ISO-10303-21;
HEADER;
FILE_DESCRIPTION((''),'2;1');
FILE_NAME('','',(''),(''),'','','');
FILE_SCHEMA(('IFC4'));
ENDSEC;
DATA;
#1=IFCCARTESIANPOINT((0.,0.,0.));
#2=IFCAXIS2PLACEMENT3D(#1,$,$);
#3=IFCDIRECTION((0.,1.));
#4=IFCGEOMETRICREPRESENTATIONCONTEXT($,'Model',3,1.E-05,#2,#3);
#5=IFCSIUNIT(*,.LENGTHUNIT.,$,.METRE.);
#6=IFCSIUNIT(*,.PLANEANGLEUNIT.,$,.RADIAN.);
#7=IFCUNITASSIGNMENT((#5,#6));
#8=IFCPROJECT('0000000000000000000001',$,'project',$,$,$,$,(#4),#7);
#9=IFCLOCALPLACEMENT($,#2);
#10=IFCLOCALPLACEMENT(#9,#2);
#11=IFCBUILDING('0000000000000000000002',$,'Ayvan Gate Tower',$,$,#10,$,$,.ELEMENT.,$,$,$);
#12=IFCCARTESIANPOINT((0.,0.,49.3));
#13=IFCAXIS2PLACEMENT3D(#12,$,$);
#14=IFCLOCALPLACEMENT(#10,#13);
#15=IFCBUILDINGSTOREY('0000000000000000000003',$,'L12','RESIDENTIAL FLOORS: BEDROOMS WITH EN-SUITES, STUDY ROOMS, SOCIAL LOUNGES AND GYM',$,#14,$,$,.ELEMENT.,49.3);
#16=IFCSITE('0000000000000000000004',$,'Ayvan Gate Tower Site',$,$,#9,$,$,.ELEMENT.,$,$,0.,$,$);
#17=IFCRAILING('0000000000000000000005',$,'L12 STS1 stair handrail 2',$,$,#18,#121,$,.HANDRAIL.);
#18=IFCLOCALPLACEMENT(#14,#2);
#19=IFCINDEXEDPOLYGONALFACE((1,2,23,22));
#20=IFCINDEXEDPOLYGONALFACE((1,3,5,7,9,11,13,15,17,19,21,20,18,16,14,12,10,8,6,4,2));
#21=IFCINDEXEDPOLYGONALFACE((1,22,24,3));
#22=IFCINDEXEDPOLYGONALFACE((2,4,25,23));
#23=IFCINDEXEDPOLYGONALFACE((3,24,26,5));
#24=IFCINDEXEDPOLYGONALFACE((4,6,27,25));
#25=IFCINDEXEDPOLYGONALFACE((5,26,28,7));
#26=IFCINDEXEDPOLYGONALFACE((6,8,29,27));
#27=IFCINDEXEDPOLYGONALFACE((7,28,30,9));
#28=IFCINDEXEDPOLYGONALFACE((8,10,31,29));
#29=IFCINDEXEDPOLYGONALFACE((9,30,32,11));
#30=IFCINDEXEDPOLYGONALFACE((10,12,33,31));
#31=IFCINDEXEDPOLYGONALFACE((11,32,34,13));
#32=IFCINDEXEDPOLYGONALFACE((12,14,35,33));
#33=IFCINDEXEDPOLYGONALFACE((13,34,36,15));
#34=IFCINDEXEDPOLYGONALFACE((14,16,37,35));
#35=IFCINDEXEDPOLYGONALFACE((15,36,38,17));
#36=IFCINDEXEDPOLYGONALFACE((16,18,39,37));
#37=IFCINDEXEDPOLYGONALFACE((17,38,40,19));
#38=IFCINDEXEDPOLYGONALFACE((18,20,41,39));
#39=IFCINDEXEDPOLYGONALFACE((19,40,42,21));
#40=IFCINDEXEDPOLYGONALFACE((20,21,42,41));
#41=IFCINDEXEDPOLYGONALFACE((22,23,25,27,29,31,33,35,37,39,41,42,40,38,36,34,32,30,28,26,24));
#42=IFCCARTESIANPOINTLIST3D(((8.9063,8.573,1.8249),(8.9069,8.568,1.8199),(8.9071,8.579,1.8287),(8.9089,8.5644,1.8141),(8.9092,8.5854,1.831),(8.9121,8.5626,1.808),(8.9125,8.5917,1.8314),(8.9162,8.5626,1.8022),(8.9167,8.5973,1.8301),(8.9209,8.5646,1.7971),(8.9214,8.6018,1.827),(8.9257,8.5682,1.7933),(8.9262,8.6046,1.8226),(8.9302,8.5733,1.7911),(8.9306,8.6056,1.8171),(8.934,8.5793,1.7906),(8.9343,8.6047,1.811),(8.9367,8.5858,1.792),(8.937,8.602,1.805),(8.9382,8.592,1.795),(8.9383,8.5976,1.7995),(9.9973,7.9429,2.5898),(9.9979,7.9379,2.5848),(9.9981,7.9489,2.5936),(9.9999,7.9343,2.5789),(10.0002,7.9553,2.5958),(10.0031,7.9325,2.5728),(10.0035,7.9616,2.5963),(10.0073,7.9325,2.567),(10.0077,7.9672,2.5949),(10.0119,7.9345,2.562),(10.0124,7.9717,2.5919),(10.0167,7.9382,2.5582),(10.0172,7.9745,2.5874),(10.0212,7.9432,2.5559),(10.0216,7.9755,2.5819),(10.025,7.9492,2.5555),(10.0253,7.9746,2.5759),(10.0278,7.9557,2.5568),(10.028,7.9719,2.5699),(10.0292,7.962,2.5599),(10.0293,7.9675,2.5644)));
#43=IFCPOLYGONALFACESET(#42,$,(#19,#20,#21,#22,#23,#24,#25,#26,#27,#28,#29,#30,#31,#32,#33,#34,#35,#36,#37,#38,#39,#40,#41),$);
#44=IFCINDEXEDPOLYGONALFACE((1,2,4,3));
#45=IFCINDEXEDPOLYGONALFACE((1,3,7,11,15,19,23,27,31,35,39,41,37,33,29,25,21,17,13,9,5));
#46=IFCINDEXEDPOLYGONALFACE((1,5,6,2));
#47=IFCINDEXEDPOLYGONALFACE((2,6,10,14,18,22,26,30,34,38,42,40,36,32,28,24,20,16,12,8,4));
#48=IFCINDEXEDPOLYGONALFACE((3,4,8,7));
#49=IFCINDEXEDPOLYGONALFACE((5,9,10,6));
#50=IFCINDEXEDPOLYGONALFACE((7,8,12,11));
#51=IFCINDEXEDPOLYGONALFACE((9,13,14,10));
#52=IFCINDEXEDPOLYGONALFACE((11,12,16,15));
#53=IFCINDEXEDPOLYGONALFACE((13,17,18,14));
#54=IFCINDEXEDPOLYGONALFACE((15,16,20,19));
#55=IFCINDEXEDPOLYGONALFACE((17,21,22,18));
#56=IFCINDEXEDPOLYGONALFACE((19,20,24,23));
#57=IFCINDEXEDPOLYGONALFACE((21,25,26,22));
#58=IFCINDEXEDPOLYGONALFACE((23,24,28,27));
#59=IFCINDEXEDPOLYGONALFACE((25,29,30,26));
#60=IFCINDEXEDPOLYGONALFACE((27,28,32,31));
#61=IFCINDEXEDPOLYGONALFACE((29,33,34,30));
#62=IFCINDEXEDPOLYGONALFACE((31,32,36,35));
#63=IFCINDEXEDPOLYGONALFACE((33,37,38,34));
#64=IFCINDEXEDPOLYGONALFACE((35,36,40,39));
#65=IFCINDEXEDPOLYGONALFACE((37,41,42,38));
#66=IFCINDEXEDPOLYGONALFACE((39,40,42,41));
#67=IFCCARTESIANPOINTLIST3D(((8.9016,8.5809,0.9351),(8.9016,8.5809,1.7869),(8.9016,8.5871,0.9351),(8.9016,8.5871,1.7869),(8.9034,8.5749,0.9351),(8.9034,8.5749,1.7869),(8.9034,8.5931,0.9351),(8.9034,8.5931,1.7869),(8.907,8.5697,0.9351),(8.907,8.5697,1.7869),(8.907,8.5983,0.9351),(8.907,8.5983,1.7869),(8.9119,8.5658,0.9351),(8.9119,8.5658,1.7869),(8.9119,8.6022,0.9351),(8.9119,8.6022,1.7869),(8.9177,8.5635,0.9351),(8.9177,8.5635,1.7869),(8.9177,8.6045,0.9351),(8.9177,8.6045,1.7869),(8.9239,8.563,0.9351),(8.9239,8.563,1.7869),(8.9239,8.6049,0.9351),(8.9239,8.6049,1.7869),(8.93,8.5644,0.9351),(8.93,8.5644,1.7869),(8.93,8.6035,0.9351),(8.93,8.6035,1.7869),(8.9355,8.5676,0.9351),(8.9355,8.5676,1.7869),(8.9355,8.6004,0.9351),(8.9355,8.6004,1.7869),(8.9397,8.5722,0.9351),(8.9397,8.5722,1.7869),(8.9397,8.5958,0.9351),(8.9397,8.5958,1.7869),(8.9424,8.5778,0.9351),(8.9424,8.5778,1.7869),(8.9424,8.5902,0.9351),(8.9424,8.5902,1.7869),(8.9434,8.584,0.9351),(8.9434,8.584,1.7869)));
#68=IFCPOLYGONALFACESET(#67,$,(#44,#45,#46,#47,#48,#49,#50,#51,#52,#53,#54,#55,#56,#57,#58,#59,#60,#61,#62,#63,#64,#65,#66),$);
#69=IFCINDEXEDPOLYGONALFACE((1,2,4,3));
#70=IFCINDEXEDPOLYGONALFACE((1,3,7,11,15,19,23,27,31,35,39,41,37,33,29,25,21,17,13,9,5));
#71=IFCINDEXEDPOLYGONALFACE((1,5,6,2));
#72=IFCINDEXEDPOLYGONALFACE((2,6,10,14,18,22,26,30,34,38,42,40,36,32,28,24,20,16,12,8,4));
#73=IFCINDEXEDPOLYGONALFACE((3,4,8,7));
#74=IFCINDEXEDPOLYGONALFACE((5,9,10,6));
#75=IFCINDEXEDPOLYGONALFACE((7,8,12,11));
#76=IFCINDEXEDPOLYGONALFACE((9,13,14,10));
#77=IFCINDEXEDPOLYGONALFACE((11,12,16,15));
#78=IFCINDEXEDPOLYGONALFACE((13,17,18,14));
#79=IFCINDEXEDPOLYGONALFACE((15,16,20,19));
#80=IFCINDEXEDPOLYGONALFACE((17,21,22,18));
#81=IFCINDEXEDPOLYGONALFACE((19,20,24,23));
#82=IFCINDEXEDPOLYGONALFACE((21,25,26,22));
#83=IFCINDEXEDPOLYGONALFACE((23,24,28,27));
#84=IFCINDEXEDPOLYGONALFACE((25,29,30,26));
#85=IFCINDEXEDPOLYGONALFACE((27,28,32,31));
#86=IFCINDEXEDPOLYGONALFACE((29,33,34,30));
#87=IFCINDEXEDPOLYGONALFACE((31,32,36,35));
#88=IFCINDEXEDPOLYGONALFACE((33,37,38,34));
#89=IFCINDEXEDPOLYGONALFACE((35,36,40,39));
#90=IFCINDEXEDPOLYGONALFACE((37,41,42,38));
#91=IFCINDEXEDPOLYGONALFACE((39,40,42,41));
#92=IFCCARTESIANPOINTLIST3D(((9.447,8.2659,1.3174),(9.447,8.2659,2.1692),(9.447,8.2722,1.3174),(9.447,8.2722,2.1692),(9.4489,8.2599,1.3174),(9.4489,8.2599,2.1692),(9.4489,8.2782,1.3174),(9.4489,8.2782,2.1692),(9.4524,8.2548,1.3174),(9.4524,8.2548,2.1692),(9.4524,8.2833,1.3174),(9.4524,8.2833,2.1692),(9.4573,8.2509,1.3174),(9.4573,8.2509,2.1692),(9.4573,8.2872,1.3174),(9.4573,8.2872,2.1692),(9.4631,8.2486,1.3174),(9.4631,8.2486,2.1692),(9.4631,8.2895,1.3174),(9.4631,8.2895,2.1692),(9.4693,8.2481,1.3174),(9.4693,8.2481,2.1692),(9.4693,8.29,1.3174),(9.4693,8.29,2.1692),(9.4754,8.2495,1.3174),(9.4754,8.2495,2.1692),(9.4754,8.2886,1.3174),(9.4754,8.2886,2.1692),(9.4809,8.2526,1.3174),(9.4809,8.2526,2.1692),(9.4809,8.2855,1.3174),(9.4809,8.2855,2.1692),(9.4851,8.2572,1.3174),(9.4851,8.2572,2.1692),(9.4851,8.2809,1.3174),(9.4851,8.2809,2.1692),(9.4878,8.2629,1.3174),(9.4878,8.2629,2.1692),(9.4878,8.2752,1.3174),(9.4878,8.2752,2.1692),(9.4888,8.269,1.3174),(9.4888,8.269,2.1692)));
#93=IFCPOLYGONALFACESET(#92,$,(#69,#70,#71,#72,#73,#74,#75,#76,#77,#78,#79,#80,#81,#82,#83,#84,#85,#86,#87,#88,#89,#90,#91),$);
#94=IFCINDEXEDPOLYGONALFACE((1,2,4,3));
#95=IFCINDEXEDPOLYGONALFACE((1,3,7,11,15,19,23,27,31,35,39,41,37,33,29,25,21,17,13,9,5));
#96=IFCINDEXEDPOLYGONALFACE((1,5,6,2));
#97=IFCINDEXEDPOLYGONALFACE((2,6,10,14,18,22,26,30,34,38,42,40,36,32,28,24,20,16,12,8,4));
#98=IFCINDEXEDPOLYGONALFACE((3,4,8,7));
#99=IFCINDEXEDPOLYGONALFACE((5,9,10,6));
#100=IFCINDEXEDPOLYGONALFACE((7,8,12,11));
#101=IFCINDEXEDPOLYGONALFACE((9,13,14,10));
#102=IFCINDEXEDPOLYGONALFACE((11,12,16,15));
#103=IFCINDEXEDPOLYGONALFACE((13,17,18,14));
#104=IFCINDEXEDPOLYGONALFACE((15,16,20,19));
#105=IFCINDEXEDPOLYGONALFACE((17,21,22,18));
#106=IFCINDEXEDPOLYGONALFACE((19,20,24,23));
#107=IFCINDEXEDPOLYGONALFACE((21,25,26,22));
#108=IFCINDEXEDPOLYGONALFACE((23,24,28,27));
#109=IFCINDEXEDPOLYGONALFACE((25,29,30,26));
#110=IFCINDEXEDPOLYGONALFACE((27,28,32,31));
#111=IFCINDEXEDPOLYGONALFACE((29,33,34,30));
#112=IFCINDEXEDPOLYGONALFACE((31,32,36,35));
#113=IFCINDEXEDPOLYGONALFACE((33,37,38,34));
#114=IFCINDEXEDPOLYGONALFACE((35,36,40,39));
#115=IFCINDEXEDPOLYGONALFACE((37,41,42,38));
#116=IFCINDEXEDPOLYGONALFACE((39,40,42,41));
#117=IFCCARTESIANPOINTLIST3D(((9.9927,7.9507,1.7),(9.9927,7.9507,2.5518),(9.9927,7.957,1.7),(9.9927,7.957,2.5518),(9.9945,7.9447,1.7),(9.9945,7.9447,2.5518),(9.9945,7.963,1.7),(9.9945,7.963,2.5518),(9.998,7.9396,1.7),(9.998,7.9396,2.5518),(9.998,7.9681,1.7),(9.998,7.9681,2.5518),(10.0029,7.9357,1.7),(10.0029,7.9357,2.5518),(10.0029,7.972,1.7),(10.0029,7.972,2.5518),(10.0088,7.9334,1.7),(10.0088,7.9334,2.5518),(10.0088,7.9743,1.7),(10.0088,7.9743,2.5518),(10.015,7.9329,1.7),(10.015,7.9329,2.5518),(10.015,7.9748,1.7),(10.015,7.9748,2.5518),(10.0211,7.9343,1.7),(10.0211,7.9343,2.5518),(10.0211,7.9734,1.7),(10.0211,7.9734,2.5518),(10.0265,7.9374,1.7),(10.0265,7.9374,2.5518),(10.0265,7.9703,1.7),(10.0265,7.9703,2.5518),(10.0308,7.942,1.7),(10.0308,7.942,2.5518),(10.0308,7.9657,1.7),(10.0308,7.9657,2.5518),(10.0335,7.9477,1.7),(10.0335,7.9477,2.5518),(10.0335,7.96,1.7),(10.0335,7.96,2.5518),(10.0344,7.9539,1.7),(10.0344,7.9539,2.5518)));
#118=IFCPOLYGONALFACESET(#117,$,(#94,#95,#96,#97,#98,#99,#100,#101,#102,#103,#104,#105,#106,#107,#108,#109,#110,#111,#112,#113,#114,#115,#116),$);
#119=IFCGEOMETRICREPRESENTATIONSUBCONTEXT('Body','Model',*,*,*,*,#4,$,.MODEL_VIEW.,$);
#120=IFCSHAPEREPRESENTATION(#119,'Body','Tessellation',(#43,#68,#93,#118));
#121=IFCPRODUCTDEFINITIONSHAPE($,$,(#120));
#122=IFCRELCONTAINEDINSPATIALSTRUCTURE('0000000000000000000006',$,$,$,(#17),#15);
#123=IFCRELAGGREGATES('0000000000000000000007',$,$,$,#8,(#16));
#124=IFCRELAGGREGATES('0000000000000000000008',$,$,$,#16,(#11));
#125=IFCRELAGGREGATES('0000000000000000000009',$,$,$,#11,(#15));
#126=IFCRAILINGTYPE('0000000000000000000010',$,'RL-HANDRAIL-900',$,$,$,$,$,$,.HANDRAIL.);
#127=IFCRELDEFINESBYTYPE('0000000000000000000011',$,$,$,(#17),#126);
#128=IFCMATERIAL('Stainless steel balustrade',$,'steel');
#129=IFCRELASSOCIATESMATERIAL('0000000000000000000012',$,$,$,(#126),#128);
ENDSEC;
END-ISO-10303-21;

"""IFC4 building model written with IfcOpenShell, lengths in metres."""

from ifc_helpers import new_model, si_unit, direction, frame, origin, origin_2d, place, context, subcontext, project, spatial, circle, extrude, material, type_object, element, save


model = new_model("IFC4")

# Units and contexts
model_context = context("Model", 3, precision=1e-05, world=origin(), true_north=direction((0.0, 1.0)))
body_context = subcontext(model_context, "Body", "Model", "MODEL_VIEW")
ifc_project = project(units=[si_unit("LENGTHUNIT", "METRE"), si_unit("PLANEANGLEUNIT", "RADIAN")], contexts=[model_context])

# Site, building, storey
site_placement = place(None, origin())
site = spatial("IfcSite", under=ifc_project, at=site_placement, Name="Ayvan Gate Tower Site", CompositionType="ELEMENT", RefElevation=0.0)
building_placement = place(site_placement, origin())
building = spatial("IfcBuilding", under=site, at=building_placement, Name="Ayvan Gate Tower", CompositionType="ELEMENT")
storey_placement = place(building_placement, frame((0.0, 0.0, 49.3)))
storey = spatial("IfcBuildingStorey", under=building, at=storey_placement, Name="L12", Description="RESIDENTIAL FLOORS: BEDROOMS WITH EN-SUITES, STUDY ROOMS, SOCIAL LOUNGES AND GYM", CompositionType="ELEMENT", Elevation=49.3)

# Railing
ifc_material_1 = material(Name="Stainless steel balustrade", Category="steel")
railing_type_1 = type_object("IfcRailingType", Name="RL-HANDRAIL-900", PredefinedType="HANDRAIL", material=ifc_material_1)
railing_1_placement = place(storey_placement, frame((8.9224, 8.584, 0.9351)))
element("IfcRailing", 1, at=railing_1_placement, inside=storey, type_object=railing_type_1, Name="L12 STS1 stair handrail 2", PredefinedType="HANDRAIL", context=body_context, shape_type="SweptSolid", body=[
    extrude(circle(Radius=0.0239, at=origin_2d()), frame((0.0, 0.0, 0.876), z_axis=(0.740229, -0.427508, 0.518939), x_axis=(0.500119, 0.865956, 0.0)), (0.0, 0.0, 1.0), 1.4739),
    extrude(circle(Radius=0.021, at=origin_2d()), origin(), (0.0, 0.0, 1.0), 0.8518),
    extrude(circle(Radius=0.021, at=origin_2d()), frame((0.5454, -0.3149, 0.3823)), (0.0, 0.0, 1.0), 0.8518),
    extrude(circle(Radius=0.021, at=origin_2d()), frame((1.0911, -0.6301, 0.7649)), (0.0, 0.0, 1.0), 0.8518),
])

save(model, "model.ifc")
